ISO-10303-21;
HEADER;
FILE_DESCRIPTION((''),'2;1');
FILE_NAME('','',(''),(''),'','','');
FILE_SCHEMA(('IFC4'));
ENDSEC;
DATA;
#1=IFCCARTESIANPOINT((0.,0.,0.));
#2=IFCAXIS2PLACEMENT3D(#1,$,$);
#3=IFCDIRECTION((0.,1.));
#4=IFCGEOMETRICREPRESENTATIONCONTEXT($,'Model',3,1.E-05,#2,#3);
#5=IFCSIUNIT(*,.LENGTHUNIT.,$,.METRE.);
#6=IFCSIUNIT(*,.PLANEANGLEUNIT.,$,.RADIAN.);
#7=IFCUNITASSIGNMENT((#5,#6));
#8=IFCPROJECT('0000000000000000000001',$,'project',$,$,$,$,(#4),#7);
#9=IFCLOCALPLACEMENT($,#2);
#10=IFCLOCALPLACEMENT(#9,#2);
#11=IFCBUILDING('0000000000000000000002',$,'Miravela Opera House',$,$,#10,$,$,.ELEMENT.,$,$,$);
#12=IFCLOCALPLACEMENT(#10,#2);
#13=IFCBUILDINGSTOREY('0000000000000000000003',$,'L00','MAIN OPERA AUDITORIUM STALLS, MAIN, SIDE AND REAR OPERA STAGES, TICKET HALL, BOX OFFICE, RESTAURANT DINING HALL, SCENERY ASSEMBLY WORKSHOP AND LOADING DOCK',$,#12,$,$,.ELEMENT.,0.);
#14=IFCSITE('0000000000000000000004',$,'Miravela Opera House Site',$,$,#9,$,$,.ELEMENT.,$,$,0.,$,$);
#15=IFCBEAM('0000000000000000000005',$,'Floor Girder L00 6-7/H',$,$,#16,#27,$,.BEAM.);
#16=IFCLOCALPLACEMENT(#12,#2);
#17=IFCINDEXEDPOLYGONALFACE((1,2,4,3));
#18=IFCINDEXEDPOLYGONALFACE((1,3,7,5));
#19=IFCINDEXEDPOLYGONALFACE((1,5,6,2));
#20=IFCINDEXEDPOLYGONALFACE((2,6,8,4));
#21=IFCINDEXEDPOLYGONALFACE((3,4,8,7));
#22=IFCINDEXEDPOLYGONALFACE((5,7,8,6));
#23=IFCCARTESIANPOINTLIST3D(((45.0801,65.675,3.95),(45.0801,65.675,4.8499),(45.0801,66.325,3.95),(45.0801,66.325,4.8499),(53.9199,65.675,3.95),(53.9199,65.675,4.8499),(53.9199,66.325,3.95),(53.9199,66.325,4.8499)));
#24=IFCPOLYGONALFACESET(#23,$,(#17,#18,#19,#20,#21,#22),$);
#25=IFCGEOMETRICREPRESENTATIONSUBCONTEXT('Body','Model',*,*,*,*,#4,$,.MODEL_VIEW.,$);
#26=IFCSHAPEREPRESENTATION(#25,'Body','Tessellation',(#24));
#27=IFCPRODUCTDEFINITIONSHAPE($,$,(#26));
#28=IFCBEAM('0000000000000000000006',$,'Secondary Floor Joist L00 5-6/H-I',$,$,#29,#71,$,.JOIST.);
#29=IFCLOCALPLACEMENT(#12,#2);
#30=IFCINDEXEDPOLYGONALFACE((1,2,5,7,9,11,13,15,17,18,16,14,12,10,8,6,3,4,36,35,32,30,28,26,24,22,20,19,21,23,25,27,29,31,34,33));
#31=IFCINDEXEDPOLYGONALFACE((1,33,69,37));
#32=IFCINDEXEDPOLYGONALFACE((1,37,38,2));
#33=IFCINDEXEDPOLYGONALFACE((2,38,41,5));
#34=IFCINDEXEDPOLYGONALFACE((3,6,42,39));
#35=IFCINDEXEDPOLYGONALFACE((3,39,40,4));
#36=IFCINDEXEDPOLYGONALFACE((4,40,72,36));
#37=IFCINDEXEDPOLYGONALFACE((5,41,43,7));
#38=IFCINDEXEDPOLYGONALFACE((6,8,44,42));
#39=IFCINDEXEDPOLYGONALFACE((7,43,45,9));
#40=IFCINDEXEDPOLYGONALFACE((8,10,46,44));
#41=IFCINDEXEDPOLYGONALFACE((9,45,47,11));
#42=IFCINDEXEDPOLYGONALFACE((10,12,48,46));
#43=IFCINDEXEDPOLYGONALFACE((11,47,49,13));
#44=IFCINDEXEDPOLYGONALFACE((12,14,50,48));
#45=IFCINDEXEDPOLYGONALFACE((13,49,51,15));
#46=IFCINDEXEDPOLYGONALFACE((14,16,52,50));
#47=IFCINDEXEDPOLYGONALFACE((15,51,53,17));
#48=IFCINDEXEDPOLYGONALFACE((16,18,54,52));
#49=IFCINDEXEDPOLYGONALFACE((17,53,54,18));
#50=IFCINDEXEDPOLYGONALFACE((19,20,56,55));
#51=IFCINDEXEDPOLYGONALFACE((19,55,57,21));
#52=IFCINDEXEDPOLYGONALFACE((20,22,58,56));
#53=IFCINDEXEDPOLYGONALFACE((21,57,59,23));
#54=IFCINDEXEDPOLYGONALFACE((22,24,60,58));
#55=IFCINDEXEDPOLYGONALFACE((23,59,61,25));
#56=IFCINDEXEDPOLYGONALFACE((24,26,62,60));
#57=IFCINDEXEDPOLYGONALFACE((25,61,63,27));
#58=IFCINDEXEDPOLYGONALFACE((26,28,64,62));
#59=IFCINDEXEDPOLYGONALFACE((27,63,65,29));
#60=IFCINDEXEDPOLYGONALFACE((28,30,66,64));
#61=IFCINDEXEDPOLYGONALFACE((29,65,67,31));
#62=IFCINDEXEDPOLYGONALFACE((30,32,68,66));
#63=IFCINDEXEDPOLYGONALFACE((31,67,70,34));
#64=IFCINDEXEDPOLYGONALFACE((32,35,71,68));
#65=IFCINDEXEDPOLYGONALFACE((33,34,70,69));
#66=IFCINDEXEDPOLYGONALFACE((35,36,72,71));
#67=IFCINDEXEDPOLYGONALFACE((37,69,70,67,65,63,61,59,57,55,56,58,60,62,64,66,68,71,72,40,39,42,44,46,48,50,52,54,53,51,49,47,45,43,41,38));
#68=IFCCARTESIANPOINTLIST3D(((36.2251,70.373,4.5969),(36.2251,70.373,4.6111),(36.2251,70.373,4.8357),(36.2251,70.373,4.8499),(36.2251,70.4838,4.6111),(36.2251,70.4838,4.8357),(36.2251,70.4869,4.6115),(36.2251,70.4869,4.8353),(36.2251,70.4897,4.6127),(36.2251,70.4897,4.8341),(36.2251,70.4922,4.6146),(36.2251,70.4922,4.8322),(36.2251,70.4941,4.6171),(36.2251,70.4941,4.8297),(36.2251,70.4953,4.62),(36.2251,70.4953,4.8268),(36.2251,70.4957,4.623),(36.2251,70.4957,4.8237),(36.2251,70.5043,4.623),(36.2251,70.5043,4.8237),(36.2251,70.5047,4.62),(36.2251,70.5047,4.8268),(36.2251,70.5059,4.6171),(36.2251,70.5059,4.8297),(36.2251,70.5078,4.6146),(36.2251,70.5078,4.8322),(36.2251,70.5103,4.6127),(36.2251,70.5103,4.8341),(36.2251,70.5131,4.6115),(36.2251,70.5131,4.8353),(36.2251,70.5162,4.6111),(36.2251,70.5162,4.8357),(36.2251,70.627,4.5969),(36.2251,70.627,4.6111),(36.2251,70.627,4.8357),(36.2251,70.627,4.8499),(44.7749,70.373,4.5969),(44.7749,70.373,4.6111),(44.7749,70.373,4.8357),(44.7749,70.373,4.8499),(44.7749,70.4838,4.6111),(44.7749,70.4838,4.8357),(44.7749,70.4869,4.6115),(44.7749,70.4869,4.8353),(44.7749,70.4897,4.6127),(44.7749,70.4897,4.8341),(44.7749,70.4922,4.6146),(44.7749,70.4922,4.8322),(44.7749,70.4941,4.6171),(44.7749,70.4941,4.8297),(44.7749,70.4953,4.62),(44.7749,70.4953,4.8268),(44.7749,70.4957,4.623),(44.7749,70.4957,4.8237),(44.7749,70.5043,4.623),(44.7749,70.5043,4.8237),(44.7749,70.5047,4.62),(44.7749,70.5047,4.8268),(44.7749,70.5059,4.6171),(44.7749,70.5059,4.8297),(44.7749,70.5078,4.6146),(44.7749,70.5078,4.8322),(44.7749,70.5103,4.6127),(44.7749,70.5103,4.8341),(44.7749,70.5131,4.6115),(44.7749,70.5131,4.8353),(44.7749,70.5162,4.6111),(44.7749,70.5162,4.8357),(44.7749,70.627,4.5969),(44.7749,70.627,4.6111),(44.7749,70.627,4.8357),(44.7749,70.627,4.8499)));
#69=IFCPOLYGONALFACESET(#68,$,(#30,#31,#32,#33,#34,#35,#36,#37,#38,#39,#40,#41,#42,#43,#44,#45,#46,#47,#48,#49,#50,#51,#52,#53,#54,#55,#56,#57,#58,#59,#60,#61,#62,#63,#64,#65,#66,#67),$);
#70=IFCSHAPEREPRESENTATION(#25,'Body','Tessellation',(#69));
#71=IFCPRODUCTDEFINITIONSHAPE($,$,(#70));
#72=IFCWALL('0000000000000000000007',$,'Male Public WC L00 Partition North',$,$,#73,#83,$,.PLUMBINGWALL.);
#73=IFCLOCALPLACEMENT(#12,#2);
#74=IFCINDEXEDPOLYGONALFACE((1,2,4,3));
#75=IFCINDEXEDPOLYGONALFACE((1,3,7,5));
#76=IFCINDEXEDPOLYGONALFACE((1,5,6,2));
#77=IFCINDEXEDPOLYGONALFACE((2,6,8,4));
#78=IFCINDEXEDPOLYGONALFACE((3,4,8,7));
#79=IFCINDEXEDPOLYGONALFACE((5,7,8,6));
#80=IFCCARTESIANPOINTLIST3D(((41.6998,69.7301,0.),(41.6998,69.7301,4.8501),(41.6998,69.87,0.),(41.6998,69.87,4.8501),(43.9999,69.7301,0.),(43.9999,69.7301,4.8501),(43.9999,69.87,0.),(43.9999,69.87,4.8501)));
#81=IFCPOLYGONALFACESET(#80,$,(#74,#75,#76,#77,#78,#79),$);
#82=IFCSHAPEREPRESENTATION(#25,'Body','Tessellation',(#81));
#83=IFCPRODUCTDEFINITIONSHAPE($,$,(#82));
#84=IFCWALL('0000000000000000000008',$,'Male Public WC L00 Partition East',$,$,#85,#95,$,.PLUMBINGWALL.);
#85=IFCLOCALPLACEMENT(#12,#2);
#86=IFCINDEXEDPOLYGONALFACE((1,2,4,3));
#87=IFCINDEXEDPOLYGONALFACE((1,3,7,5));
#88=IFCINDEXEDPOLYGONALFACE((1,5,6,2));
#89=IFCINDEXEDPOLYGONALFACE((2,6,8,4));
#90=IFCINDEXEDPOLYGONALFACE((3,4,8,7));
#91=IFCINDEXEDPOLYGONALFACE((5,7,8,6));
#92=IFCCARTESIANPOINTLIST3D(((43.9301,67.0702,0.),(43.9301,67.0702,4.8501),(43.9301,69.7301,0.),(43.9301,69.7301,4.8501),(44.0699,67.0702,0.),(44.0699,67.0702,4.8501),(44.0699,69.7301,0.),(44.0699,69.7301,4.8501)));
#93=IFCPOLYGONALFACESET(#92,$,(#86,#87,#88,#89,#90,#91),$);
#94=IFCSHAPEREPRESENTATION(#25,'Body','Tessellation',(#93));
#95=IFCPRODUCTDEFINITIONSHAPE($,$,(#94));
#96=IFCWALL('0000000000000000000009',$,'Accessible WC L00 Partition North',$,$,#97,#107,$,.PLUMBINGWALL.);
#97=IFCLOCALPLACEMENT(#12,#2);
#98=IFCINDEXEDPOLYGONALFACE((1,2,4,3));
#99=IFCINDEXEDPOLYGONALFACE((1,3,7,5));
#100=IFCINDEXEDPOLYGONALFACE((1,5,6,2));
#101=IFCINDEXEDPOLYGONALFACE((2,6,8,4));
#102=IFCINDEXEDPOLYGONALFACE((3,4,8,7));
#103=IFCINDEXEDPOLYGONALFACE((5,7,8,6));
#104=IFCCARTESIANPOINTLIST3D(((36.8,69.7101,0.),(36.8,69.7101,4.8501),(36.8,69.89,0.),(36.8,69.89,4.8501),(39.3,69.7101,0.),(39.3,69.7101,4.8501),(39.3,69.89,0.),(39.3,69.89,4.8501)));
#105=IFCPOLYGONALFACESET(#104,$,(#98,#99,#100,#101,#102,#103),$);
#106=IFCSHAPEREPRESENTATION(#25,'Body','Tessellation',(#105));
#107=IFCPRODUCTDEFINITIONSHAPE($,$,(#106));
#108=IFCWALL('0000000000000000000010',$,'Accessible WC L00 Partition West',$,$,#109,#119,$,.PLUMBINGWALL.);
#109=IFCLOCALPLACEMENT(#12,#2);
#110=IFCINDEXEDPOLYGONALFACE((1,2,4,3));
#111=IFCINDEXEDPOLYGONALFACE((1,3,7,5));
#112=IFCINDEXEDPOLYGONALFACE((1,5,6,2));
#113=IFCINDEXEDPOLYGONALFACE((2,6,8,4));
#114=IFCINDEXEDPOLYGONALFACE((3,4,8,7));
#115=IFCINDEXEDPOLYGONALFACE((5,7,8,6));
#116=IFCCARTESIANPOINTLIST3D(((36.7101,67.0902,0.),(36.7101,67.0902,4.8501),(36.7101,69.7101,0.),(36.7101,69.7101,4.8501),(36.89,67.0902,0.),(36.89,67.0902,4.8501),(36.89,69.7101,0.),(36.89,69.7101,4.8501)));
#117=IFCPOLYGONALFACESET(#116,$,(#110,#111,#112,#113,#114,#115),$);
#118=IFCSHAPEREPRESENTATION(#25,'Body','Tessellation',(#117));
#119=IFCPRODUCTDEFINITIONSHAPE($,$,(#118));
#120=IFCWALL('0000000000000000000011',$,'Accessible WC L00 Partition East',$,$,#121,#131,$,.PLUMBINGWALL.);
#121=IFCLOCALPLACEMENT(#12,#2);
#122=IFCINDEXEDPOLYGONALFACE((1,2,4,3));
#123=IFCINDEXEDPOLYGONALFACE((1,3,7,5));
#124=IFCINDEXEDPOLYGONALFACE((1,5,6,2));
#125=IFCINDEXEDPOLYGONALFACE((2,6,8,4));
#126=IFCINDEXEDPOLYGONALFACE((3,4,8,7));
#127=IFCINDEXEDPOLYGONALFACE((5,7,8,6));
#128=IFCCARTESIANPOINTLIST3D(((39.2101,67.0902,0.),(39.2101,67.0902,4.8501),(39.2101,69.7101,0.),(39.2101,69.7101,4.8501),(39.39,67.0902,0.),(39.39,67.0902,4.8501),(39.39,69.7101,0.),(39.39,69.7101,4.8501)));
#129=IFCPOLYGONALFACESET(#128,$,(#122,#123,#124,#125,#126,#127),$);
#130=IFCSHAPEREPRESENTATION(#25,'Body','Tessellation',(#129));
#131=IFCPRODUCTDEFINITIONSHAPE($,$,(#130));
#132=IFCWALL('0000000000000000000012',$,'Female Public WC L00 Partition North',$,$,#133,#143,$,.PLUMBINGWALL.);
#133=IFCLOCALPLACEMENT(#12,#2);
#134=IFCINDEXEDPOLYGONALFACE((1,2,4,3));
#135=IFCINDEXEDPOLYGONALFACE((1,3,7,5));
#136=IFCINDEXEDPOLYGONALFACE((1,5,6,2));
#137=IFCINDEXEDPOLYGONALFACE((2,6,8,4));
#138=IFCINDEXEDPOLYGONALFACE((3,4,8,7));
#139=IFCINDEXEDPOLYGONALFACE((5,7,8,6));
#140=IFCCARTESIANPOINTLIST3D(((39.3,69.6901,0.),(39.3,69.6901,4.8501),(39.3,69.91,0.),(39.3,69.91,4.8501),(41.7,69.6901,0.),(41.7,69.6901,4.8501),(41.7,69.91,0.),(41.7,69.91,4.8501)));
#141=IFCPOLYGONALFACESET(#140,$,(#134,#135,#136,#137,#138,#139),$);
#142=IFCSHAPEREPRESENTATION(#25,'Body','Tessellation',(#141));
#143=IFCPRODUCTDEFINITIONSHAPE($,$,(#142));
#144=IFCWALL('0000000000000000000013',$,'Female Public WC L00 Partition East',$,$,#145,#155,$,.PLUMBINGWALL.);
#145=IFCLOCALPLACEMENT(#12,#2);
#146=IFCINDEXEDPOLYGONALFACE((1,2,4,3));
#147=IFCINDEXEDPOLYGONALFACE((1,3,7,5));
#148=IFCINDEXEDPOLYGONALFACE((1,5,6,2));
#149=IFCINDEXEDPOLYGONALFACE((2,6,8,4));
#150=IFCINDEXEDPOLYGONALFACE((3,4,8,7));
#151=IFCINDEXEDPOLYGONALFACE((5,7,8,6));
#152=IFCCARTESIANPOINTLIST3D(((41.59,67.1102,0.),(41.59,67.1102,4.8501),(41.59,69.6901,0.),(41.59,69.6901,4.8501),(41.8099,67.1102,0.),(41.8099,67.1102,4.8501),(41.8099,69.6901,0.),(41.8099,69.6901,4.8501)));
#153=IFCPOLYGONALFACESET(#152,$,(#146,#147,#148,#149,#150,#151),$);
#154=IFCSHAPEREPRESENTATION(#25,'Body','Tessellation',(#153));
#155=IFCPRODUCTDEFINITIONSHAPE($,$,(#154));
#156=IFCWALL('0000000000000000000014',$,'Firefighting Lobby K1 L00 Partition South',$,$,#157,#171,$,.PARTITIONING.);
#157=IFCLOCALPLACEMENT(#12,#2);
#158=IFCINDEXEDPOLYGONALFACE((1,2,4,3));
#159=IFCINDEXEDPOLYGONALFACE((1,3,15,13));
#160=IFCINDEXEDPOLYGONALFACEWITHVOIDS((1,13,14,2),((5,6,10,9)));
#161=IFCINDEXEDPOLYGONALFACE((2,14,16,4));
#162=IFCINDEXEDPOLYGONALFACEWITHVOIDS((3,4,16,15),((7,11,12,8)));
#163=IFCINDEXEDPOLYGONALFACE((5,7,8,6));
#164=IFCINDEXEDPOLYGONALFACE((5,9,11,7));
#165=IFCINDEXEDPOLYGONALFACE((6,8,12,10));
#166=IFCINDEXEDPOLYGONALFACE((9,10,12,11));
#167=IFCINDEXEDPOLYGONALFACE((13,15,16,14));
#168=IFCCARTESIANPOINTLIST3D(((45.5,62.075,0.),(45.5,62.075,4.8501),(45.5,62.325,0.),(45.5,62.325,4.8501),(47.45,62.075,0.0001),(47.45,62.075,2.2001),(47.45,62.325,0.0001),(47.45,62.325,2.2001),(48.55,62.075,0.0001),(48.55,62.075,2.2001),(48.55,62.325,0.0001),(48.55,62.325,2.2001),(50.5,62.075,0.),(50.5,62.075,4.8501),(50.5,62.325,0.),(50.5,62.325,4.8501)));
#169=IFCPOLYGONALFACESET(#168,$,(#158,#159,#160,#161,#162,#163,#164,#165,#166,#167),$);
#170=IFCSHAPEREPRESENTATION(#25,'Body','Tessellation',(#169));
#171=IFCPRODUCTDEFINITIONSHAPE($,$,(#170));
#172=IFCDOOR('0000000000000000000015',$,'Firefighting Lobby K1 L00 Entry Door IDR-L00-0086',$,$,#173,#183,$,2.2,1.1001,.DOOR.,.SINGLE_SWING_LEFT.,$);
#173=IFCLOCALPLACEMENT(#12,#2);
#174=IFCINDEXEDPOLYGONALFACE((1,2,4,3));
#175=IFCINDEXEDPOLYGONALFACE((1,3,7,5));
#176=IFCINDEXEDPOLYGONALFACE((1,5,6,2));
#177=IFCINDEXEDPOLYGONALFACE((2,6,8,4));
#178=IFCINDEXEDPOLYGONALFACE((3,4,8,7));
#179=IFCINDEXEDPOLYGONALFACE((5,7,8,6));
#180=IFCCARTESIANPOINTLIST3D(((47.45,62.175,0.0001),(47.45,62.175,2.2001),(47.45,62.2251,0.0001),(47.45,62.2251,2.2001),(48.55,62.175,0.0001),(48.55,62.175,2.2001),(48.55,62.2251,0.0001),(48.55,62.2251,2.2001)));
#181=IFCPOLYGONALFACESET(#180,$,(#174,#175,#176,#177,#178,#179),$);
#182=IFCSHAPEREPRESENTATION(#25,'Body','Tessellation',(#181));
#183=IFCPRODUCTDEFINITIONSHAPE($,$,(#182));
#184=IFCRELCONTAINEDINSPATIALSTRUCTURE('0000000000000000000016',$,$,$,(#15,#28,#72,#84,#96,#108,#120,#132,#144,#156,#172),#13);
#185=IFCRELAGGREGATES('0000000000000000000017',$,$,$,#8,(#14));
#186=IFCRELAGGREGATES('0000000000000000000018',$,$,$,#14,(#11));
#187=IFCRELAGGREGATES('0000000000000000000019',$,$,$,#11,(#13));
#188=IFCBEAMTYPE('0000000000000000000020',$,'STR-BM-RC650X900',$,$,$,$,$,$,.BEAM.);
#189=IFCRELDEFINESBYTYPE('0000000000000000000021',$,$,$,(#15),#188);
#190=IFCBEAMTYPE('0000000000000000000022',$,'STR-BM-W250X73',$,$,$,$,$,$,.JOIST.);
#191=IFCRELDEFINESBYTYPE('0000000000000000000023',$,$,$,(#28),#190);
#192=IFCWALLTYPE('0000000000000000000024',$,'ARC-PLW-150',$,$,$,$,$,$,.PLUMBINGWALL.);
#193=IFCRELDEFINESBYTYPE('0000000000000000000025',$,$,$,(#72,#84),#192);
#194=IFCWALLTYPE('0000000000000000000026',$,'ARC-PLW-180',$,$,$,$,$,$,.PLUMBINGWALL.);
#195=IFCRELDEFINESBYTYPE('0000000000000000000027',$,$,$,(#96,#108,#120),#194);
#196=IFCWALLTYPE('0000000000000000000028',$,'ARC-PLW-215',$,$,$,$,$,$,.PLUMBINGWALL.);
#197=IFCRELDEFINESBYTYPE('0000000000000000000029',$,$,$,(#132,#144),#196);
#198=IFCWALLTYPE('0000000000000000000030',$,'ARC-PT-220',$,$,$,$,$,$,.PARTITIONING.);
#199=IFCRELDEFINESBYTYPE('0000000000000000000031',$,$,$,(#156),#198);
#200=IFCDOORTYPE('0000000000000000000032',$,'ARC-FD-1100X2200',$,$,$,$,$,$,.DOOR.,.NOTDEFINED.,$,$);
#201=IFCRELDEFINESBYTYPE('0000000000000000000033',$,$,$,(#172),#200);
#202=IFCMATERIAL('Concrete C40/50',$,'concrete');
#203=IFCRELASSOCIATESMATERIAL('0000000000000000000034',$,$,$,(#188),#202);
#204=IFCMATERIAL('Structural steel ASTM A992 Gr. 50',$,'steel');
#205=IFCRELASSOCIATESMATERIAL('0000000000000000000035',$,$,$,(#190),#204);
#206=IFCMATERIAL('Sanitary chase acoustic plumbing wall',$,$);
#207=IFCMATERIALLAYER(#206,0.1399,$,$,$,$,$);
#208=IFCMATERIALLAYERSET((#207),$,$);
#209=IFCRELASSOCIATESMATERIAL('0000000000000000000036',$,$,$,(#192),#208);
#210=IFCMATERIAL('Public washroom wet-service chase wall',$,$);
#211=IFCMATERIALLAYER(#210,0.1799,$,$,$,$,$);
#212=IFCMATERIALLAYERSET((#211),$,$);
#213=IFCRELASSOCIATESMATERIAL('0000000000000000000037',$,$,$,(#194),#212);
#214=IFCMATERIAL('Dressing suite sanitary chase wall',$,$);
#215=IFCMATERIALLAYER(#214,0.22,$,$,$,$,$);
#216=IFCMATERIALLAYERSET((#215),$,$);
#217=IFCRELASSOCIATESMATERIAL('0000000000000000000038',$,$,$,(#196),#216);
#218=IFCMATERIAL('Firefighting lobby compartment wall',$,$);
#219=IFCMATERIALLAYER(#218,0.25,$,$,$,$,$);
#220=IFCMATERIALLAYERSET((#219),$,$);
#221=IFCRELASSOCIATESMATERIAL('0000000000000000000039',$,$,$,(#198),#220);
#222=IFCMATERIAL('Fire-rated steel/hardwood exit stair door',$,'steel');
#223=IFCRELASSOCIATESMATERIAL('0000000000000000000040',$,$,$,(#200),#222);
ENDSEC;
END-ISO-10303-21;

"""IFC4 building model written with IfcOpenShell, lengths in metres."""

from ifc_helpers import new_model, si_unit, direction, frame, frame_2d, origin, origin_2d, place, context, subcontext, project, spatial, rectangle, i_section, extrude, material, layer, layer_set, material_profile, profile_set, type_object, element, fill, save


model = new_model("IFC4")

# Units and contexts
model_context = context("Model", 3, precision=1e-05, world=origin(), true_north=direction((0.0, 1.0)))
body_context = subcontext(model_context, "Body", "Model", "MODEL_VIEW")
ifc_project = project(units=[si_unit("LENGTHUNIT", "METRE"), si_unit("PLANEANGLEUNIT", "RADIAN")], contexts=[model_context])

# Site, building, storey
site_placement = place(None, origin())
site = spatial("IfcSite", under=ifc_project, at=site_placement, Name="Miravela Opera House Site", CompositionType="ELEMENT", RefElevation=0.0)
building_placement = place(site_placement, origin())
building = spatial("IfcBuilding", under=site, at=building_placement, Name="Miravela Opera House", CompositionType="ELEMENT")
storey_placement = place(building_placement, origin())
storey = spatial("IfcBuildingStorey", under=building, at=storey_placement, Name="L00", Description="MAIN OPERA AUDITORIUM STALLS, MAIN, SIDE AND REAR OPERA STAGES, TICKET HALL, BOX OFFICE, RESTAURANT DINING HALL, SCENERY ASSEMBLY WORKSHOP AND LOADING DOCK", CompositionType="ELEMENT", Elevation=0.0)

# Shared definitions
ifc_material_1 = material(Name="Concrete C40/50", Category="concrete")

# Beams
ifc_material_profile_1 = material_profile(ifc_material_1, rectangle(XDim=0.6499, YDim=0.8999, at=origin_2d()), Name="RC-BM-650X900")
ifc_profile_set_1 = profile_set([ifc_material_profile_1])
beam_type_1 = type_object("IfcBeamType", Name="STR-BM-RC650X900", PredefinedType="BEAM", material=ifc_profile_set_1)
beam_1_placement = place(storey_placement, frame((45.0801, 66.0, 4.3999), z_axis=(1.0, 0.0, 0.0), x_axis=(0.0, 1.0, 0.0)))
element("IfcBeam", 1, at=beam_1_placement, inside=storey, type_object=beam_type_1, Name="Floor Girder L00 6-7/H", PredefinedType="BEAM", context=body_context, shape_type="SweptSolid", body=[
    extrude(rectangle(XDim=0.6499, YDim=0.8999, at=origin_2d()), origin(), (0.0, 0.0, 1.0), 8.8398),
])
ifc_material_2 = material(Name="Structural steel ASTM A992 Gr. 50", Category="steel")
ifc_material_profile_2 = material_profile(ifc_material_2, i_section(OverallWidth=0.2539, OverallDepth=0.2529, WebThickness=0.0085, FlangeThickness=0.0142, FilletRadius=0.012, at=origin_2d()), Name="W250X73")
ifc_profile_set_2 = profile_set([ifc_material_profile_2])
beam_type_2 = type_object("IfcBeamType", Name="STR-BM-W250X73", PredefinedType="JOIST", material=ifc_profile_set_2)
beam_2_placement = place(storey_placement, frame((36.2251, 70.5, 4.7234), z_axis=(1.0, 0.0, 0.0), x_axis=(0.0, 1.0, 0.0)))
element("IfcBeam", 2, at=beam_2_placement, inside=storey, type_object=beam_type_2, Name="Secondary Floor Joist L00 5-6/H-I", PredefinedType="JOIST", context=body_context, shape_type="SweptSolid", body=[
    extrude(i_section(OverallWidth=0.2539, OverallDepth=0.2529, WebThickness=0.0085, FlangeThickness=0.0142, FilletRadius=0.012, at=origin_2d()), origin(), (0.0, 0.0, 1.0), 8.5498),
])

# Shared definitions
ifc_material_3 = material(Name="Sanitary chase acoustic plumbing wall")
ifc_layer_1 = layer(ifc_material_3, 0.1399)
ifc_layer_set_1 = layer_set([ifc_layer_1])
wall_type_1 = type_object("IfcWallType", Name="ARC-PLW-150", PredefinedType="PLUMBINGWALL", material=ifc_layer_set_1)

# Walls
wall_1_placement = place(storey_placement, frame((41.7, 69.8, 0.0), z_axis=(0.0, 0.0, 1.0), x_axis=(1.0, 0.0, 0.0)))
element("IfcWall", 3, at=wall_1_placement, inside=storey, type_object=wall_type_1, Name="Male Public WC L00 Partition North", PredefinedType="PLUMBINGWALL", context=body_context, shape_type="SweptSolid", body=[
    extrude(rectangle(XDim=2.3, YDim=0.1399, at=frame_2d((1.1499, 0.0))), origin(), (0.0, 0.0, 1.0), 4.8501),
])
wall_2_placement = place(storey_placement, frame((44.0, 67.0701, 0.0), z_axis=(0.0, 0.0, 1.0), x_axis=(0.0, 1.0, 0.0)))
element("IfcWall", 4, at=wall_2_placement, inside=storey, type_object=wall_type_1, Name="Male Public WC L00 Partition East", PredefinedType="PLUMBINGWALL", context=body_context, shape_type="SweptSolid", body=[
    extrude(rectangle(XDim=2.6599, YDim=0.1399, at=frame_2d((1.3301, 0.0))), origin(), (0.0, 0.0, 1.0), 4.8501),
])

# Shared definitions
ifc_material_4 = material(Name="Public washroom wet-service chase wall")
ifc_layer_2 = layer(ifc_material_4, 0.1799)
ifc_layer_set_2 = layer_set([ifc_layer_2])
wall_type_2 = type_object("IfcWallType", Name="ARC-PLW-180", PredefinedType="PLUMBINGWALL", material=ifc_layer_set_2)

# Walls
wall_3_placement = place(storey_placement, frame((36.8, 69.8, 0.0), z_axis=(0.0, 0.0, 1.0), x_axis=(1.0, 0.0, 0.0)))
element("IfcWall", 5, at=wall_3_placement, inside=storey, type_object=wall_type_2, Name="Accessible WC L00 Partition North", PredefinedType="PLUMBINGWALL", context=body_context, shape_type="SweptSolid", body=[
    extrude(rectangle(XDim=2.5, YDim=0.1799, at=frame_2d((1.25, 0.0))), origin(), (0.0, 0.0, 1.0), 4.8501),
])
for number, where, z_axis, x_axis, name in (
    (6, (36.8, 67.0901, 0.0), (0.0, 0.0, 1.0), (0.0, 1.0, 0.0), "Accessible WC L00 Partition West"),
    (7, (39.3, 67.0901, 0.0), (0.0, 0.0, 1.0), (0.0, 1.0, 0.0), "Accessible WC L00 Partition East"),
):
    element("IfcWall", number, at=place(storey_placement, frame(where, z_axis=z_axis, x_axis=x_axis)), inside=storey, type_object=wall_type_2, Name=name, PredefinedType="PLUMBINGWALL", context=body_context, shape_type="SweptSolid", body=[
        extrude(rectangle(XDim=2.6199, YDim=0.1799, at=frame_2d((1.3101, 0.0))), origin(), (0.0, 0.0, 1.0), 4.8501),
    ])

# Shared definitions
ifc_material_5 = material(Name="Dressing suite sanitary chase wall")
ifc_layer_3 = layer(ifc_material_5, 0.22)
ifc_layer_set_3 = layer_set([ifc_layer_3])
wall_type_3 = type_object("IfcWallType", Name="ARC-PLW-215", PredefinedType="PLUMBINGWALL", material=ifc_layer_set_3)

# Walls
wall_4_placement = place(storey_placement, frame((39.3, 69.8, 0.0), z_axis=(0.0, 0.0, 1.0), x_axis=(1.0, 0.0, 0.0)))
element("IfcWall", 8, at=wall_4_placement, inside=storey, type_object=wall_type_3, Name="Female Public WC L00 Partition North", PredefinedType="PLUMBINGWALL", context=body_context, shape_type="SweptSolid", body=[
    extrude(rectangle(XDim=2.3999, YDim=0.22, at=frame_2d((1.2, 0.0))), origin(), (0.0, 0.0, 1.0), 4.8501),
])
wall_5_placement = place(storey_placement, frame((41.7, 67.1101, 0.0), z_axis=(0.0, 0.0, 1.0), x_axis=(0.0, 1.0, 0.0)))
element("IfcWall", 9, at=wall_5_placement, inside=storey, type_object=wall_type_3, Name="Female Public WC L00 Partition East", PredefinedType="PLUMBINGWALL", context=body_context, shape_type="SweptSolid", body=[
    extrude(rectangle(XDim=2.5798, YDim=0.22, at=frame_2d((1.29, 0.0))), origin(), (0.0, 0.0, 1.0), 4.8501),
])

# Wall, opening, door
ifc_material_6 = material(Name="Firefighting lobby compartment wall")
ifc_layer_4 = layer(ifc_material_6, 0.25)
ifc_layer_set_4 = layer_set([ifc_layer_4])
wall_type_4 = type_object("IfcWallType", Name="ARC-PT-220", PredefinedType="PARTITIONING", material=ifc_layer_set_4)
wall_6_placement = place(storey_placement, frame((45.5, 62.2, 0.0), z_axis=(0.0, 0.0, 1.0), x_axis=(1.0, 0.0, 0.0)))
wall_6 = element("IfcWall", 10, at=wall_6_placement, inside=storey, type_object=wall_type_4, Name="Firefighting Lobby K1 L00 Partition South", PredefinedType="PARTITIONING", context=body_context, shape_type="SweptSolid", body=[
    extrude(rectangle(XDim=5.0, YDim=0.25, at=frame_2d((2.5, 0.0))), origin(), (0.0, 0.0, 1.0), 4.8501),
])
opening_1_placement = place(wall_6_placement, frame((1.95, 0.0, 0.0)))
opening_1 = element("IfcOpeningElement", 11, at=opening_1_placement, cuts=wall_6, PredefinedType="OPENING", context=body_context, shape_type="SweptSolid", body=[
    extrude(rectangle(XDim=1.1001, YDim=2.2, at=frame_2d((0.55, 1.1001))), frame((0.0, 0.135, 0.0), z_axis=(0.0, -1.0, 0.0), x_axis=(1.0, 0.0, 0.0)), (0.0, 0.0, 1.0), 0.27),
])
ifc_material_7 = material(Name="Fire-rated steel/hardwood exit stair door", Category="steel")
door_type_1 = type_object("IfcDoorType", Name="ARC-FD-1100X2200", OperationType="NOTDEFINED", PredefinedType="DOOR", material=ifc_material_7)
door_1_placement = place(opening_1_placement, frame((1.1001, 0.0, 0.0), z_axis=(0.0, 0.0, 1.0), x_axis=(-1.0, 0.0, 0.0)))
door_1 = element("IfcDoor", 12, at=door_1_placement, inside=storey, type_object=door_type_1, Name="Firefighting Lobby K1 L00 Entry Door IDR-L00-0086", OperationType="SINGLE_SWING_LEFT", OverallHeight=2.2, OverallWidth=1.1001, PredefinedType="DOOR", context=body_context, shape_type="SweptSolid", body=[
    extrude(rectangle(XDim=1.1001, YDim=2.2, at=frame_2d((0.55, 1.1001))), frame((0.0, 0.0249, 0.0), z_axis=(0.0, -1.0, 0.0), x_axis=(1.0, 0.0, 0.0)), (0.0, 0.0, 1.0), 0.05),
])
fill(opening_1, door_1)

save(model, "model.ifc")
